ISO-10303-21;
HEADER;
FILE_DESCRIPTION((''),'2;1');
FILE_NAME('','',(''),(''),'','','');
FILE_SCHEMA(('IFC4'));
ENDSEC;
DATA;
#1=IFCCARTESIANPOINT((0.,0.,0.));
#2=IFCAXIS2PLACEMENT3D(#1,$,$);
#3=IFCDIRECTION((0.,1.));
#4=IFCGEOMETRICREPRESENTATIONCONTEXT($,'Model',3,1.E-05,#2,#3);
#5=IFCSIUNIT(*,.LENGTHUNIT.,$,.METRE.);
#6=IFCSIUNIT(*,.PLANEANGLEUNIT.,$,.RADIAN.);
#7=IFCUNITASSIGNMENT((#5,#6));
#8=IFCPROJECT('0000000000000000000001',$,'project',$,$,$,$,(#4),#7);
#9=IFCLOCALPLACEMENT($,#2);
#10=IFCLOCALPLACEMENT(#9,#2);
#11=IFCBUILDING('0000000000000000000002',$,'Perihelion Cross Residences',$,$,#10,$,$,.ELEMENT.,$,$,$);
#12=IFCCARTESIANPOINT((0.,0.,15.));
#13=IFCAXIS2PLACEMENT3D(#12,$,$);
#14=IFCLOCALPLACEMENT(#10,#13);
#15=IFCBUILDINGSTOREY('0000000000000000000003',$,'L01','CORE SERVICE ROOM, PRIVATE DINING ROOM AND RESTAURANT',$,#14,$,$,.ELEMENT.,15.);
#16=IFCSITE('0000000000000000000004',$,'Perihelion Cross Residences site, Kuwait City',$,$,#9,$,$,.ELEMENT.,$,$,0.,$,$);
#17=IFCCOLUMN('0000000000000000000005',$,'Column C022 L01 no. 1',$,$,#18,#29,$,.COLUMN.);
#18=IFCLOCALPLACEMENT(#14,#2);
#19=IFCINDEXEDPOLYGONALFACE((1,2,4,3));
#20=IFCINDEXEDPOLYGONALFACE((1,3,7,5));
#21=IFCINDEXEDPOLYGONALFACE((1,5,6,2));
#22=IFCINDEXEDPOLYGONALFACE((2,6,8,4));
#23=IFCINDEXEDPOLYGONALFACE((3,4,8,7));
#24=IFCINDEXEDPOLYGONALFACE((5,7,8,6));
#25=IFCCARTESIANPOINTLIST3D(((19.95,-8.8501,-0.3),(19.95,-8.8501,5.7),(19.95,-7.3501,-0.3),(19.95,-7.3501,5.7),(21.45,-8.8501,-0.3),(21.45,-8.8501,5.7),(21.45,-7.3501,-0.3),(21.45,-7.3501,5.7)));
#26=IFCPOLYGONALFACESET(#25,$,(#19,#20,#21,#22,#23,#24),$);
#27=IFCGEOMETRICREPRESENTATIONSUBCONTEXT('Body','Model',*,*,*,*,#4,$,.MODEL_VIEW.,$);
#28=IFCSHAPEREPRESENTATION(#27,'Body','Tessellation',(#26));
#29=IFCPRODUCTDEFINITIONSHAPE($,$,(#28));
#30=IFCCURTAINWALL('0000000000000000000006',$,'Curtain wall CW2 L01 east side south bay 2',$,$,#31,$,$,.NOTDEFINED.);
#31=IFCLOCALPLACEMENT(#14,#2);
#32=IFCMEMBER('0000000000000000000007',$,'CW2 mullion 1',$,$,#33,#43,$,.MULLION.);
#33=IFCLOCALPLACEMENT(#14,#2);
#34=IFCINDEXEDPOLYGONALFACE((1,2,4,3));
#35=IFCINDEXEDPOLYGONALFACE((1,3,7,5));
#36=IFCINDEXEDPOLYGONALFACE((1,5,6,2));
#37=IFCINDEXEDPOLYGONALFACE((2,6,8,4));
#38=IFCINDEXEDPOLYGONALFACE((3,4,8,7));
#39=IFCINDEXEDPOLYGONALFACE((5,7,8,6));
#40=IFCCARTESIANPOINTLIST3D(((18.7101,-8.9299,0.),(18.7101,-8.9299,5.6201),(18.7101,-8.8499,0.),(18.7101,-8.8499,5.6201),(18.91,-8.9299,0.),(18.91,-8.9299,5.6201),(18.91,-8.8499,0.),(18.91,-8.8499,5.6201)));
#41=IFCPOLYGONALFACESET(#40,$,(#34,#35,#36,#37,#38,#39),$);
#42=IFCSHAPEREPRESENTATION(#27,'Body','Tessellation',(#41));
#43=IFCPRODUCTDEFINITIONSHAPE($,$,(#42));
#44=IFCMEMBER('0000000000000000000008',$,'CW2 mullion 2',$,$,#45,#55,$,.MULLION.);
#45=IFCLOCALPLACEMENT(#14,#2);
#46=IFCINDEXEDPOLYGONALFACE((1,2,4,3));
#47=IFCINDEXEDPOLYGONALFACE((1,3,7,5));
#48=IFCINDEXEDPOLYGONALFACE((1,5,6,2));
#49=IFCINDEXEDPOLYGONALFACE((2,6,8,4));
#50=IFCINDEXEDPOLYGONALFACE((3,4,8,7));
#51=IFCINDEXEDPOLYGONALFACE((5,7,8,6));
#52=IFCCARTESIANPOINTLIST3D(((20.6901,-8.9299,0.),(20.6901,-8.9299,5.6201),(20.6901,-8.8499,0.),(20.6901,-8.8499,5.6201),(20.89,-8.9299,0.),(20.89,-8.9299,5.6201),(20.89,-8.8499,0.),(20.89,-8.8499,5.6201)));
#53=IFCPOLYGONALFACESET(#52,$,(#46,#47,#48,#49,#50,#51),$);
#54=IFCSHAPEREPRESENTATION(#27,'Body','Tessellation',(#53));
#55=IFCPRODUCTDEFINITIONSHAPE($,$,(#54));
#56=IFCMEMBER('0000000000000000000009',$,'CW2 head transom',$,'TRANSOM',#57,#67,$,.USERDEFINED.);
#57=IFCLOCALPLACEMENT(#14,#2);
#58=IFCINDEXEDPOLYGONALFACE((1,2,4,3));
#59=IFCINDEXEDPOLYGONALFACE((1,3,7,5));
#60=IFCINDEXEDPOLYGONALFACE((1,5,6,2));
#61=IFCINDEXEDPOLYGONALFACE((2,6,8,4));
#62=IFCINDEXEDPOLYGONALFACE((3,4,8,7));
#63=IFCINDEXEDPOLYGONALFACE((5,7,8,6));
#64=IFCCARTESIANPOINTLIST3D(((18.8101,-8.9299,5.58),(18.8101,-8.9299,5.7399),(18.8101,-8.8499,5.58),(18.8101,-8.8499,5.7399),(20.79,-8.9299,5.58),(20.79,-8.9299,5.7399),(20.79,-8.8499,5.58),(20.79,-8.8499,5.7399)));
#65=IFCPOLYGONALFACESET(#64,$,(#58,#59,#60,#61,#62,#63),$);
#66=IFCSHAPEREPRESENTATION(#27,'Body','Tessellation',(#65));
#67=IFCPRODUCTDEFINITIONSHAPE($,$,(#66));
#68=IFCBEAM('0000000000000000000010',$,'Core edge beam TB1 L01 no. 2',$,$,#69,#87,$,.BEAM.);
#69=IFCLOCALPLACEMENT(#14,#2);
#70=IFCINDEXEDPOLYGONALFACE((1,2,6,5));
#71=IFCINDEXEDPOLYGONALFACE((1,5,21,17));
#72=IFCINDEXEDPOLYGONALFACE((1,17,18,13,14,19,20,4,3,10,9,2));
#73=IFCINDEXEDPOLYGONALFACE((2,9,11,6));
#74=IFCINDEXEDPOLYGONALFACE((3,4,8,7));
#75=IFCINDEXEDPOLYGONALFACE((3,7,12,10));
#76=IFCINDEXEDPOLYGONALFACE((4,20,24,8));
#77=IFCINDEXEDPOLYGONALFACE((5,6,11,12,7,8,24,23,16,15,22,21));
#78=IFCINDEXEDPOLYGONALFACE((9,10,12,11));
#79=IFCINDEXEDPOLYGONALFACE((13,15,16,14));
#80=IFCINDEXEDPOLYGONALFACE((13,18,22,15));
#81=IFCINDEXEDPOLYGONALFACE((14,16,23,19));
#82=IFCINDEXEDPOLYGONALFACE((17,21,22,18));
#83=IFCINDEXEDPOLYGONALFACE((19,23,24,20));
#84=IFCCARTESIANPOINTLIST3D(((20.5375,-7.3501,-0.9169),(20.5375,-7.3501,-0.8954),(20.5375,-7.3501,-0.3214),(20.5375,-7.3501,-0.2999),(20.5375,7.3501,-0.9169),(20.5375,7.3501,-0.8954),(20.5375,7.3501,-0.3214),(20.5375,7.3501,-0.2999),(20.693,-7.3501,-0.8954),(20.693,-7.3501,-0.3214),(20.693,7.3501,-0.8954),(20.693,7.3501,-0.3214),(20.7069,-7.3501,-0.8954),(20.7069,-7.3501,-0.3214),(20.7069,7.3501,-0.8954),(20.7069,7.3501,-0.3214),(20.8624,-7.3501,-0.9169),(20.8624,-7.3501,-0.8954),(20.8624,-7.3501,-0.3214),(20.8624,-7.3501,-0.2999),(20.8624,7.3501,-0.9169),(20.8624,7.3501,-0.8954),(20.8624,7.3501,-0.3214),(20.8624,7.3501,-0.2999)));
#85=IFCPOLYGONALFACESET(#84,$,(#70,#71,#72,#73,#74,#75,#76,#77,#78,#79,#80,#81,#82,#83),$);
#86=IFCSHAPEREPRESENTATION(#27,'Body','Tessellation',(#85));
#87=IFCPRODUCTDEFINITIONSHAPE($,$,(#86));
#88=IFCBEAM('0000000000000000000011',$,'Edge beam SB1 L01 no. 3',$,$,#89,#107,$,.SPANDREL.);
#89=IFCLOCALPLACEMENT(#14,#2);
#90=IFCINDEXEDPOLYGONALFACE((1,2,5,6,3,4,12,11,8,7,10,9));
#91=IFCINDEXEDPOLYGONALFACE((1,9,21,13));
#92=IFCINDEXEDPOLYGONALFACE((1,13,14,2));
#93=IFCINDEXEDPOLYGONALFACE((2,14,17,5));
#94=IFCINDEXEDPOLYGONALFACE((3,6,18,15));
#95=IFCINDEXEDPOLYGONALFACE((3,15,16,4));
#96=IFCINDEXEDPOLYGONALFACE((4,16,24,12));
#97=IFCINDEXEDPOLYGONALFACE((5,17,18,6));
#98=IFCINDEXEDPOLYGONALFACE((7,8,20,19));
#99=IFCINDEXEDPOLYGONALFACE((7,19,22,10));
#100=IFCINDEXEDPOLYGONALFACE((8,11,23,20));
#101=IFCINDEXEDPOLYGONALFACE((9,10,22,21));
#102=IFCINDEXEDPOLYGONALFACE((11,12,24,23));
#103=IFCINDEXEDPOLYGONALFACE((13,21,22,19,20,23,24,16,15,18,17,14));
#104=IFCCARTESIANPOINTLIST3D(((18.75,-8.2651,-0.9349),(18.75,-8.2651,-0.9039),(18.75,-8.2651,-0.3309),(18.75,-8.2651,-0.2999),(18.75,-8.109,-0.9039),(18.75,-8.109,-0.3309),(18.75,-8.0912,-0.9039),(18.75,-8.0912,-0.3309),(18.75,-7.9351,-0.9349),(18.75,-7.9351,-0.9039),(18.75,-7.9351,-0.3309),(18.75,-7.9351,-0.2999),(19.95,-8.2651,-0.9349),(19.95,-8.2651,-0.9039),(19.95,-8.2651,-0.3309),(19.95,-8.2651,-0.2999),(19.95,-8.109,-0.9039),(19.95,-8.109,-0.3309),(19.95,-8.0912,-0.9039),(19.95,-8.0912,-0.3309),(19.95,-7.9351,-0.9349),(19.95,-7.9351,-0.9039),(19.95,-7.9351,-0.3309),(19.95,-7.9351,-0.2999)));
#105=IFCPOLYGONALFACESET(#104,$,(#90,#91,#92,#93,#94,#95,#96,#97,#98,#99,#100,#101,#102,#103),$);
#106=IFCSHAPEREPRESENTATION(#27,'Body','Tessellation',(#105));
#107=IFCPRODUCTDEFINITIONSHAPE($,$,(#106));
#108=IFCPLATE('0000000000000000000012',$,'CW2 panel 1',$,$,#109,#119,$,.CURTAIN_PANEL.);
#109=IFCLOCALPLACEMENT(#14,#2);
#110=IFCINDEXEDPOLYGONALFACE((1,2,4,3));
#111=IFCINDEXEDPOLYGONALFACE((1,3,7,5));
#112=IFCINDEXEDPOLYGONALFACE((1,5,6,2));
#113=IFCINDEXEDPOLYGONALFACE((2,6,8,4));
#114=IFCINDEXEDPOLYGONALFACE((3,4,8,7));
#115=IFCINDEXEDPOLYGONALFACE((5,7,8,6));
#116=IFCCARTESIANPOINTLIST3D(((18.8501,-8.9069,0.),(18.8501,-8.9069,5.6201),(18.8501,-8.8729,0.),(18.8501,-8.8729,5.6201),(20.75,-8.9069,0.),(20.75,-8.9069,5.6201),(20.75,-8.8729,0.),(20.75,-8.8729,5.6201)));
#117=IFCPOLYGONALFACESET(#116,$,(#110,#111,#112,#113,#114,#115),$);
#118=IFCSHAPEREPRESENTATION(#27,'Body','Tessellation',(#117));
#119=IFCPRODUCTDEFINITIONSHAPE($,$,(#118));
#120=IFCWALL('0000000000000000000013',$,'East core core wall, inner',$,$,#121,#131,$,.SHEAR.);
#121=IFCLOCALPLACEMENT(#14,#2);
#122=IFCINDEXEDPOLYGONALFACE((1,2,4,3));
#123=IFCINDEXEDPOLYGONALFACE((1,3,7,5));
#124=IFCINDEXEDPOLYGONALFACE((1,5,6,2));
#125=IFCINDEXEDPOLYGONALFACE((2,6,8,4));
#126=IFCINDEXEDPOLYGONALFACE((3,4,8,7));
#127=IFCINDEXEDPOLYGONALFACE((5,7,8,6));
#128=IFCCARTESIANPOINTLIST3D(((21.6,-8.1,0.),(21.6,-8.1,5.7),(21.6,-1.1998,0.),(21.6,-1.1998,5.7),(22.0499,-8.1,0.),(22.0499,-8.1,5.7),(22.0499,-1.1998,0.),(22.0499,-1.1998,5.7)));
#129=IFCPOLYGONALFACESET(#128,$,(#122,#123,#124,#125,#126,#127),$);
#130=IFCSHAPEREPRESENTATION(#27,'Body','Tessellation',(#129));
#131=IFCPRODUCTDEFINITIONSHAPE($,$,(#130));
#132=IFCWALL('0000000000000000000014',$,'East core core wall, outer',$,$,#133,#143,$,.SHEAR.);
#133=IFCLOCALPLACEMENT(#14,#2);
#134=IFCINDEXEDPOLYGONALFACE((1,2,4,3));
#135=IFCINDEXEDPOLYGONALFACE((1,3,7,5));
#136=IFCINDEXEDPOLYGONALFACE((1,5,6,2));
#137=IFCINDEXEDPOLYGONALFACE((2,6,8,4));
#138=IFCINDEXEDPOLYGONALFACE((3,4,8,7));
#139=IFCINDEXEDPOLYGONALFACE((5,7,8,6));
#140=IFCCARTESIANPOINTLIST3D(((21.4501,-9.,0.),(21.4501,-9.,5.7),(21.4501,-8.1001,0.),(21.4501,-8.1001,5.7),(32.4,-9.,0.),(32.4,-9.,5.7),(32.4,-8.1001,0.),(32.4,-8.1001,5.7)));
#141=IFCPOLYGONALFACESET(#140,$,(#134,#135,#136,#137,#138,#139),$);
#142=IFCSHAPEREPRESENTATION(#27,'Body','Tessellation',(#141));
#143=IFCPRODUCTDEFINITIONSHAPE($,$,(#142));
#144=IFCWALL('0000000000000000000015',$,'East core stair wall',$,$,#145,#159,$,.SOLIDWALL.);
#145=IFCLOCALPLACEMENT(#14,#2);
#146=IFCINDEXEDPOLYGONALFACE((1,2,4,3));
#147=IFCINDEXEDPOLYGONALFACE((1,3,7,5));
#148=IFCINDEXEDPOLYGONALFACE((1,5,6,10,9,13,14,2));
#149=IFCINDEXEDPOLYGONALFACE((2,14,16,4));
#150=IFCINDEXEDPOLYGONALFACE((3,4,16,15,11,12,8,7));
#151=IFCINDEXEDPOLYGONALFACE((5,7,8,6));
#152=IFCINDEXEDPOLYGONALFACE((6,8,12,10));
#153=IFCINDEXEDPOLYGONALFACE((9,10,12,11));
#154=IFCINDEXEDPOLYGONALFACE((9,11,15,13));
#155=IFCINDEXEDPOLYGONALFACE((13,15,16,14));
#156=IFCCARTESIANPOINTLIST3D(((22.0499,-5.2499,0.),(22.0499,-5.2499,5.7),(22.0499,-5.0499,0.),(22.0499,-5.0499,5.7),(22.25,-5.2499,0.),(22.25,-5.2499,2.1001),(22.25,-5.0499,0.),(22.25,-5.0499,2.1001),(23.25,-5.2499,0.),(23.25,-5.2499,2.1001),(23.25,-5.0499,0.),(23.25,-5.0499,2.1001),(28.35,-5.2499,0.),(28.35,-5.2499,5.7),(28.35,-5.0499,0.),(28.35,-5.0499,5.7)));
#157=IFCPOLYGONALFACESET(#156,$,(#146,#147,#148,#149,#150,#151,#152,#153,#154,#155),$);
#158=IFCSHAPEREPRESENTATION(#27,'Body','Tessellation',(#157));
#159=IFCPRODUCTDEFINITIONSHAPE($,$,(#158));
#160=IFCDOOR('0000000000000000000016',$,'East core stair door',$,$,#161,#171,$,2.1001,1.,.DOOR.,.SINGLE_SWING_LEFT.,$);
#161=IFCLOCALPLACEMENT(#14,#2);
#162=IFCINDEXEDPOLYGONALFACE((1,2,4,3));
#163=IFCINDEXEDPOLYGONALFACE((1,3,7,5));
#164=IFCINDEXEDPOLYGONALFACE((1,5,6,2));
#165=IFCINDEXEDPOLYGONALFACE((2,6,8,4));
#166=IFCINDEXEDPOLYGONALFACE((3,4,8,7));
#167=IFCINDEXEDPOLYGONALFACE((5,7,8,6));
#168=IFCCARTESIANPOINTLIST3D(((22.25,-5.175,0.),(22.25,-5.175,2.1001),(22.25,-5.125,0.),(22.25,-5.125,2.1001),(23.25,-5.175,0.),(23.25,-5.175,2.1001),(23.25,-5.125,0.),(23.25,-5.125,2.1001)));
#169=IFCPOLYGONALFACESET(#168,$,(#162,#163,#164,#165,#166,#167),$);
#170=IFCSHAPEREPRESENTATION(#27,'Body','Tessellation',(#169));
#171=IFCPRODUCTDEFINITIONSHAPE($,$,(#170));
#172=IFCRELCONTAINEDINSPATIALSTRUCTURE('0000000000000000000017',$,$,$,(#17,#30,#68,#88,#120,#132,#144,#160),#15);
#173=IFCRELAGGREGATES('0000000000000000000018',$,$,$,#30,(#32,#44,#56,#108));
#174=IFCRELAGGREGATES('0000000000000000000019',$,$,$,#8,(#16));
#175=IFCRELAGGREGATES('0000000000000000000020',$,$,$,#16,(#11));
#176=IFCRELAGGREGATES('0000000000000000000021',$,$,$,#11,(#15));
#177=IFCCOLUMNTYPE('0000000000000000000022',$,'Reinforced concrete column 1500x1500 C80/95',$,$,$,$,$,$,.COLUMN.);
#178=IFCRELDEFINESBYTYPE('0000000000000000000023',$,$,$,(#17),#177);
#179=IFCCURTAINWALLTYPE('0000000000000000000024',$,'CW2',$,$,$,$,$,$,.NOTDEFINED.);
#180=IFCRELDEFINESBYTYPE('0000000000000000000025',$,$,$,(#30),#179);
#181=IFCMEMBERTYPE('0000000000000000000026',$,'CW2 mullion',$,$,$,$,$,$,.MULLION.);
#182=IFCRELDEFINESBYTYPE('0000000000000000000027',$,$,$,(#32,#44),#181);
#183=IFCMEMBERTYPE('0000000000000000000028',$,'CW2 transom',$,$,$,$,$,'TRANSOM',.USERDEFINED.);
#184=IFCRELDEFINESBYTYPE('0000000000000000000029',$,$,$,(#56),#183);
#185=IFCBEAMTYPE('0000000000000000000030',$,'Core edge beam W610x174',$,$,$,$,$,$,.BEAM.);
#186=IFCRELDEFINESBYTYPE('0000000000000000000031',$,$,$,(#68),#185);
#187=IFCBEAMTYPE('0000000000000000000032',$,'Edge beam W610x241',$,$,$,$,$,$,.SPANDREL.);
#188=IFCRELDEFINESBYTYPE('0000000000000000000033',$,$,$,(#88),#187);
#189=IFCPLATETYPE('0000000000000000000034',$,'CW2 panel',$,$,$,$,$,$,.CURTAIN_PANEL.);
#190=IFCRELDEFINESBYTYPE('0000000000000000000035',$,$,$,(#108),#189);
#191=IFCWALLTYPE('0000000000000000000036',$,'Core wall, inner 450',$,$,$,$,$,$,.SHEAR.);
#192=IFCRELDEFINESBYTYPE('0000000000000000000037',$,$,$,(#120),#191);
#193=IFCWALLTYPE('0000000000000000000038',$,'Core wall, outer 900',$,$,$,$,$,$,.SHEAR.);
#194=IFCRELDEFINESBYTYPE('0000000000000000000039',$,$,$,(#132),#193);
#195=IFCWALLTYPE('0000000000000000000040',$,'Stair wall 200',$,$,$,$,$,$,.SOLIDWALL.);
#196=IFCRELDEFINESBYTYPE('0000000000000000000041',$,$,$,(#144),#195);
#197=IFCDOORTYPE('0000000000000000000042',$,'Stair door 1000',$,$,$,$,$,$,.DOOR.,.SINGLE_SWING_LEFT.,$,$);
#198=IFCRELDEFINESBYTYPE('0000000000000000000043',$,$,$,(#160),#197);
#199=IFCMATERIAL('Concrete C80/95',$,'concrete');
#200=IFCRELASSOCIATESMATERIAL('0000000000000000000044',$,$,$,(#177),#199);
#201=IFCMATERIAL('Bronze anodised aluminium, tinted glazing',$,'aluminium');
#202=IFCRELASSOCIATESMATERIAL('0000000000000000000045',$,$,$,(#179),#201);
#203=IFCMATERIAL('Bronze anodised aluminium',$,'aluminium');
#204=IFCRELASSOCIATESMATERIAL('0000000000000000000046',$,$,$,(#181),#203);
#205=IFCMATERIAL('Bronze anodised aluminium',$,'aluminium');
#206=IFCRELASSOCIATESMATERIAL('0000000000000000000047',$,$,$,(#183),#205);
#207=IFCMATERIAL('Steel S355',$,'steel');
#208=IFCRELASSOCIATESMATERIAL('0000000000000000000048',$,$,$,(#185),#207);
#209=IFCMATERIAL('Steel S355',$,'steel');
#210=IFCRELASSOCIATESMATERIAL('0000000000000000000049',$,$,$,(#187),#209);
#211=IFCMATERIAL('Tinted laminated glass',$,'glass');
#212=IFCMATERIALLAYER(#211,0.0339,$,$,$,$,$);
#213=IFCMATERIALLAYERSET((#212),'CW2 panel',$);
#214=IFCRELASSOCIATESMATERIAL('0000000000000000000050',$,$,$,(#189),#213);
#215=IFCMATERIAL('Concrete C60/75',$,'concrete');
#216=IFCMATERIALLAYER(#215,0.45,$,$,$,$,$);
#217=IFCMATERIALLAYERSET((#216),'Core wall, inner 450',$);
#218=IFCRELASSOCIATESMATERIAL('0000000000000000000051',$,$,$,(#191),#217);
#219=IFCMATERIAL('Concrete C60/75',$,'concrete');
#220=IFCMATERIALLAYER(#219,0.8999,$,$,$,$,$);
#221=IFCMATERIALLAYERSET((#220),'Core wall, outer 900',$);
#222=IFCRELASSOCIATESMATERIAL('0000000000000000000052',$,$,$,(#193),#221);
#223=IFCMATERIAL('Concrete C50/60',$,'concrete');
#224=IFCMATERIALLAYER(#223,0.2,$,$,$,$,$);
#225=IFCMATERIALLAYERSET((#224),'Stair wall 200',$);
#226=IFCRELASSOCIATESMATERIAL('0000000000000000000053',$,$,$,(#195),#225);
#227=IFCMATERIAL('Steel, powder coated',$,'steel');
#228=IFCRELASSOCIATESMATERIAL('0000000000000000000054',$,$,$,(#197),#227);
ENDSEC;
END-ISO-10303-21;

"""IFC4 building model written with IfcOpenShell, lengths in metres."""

from ifc_helpers import new_model, si_unit, direction, frame, frame_2d, origin, origin_2d, place, context, subcontext, project, spatial, rectangle, i_section, extrude, material, layer, layer_set, material_profile, profile_set, type_object, element, fill, aggregate, save


model = new_model("IFC4")

# Units and contexts
model_context = context("Model", 3, precision=1e-05, world=origin(), true_north=direction((0.0, 1.0)))
body_context = subcontext(model_context, "Body", "Model", "MODEL_VIEW")
ifc_project = project(units=[si_unit("LENGTHUNIT", "METRE"), si_unit("PLANEANGLEUNIT", "RADIAN")], contexts=[model_context])

# Site, building, storey
site_placement = place(None, origin())
site = spatial("IfcSite", under=ifc_project, at=site_placement, Name="Perihelion Cross Residences site, Kuwait City", CompositionType="ELEMENT", RefElevation=0.0)
building_placement = place(site_placement, origin())
building = spatial("IfcBuilding", under=site, at=building_placement, Name="Perihelion Cross Residences", CompositionType="ELEMENT")
storey_placement = place(building_placement, frame((0.0, 0.0, 15.0)))
storey = spatial("IfcBuildingStorey", under=building, at=storey_placement, Name="L01", Description="CORE SERVICE ROOM, PRIVATE DINING ROOM AND RESTAURANT", CompositionType="ELEMENT", Elevation=15.0)

# Column
ifc_material_1 = material(Name="Concrete C80/95", Category="concrete")
ifc_material_profile_1 = material_profile(ifc_material_1, rectangle(XDim=1.5, YDim=1.5, at=origin_2d()), Name="RC 1500x1500")
ifc_profile_set_1 = profile_set([ifc_material_profile_1], Name="Concrete C80/95")
column_type = type_object("IfcColumnType", Name="Reinforced concrete column 1500x1500 C80/95", PredefinedType="COLUMN", material=ifc_profile_set_1)
column_placement = place(storey_placement, frame((20.7, -8.1001, -0.3), z_axis=(0.0, 0.0, 1.0), x_axis=(1.0, 0.0, 0.0)))
element("IfcColumn", 1, at=column_placement, inside=storey, type_object=column_type, Name="Column C022 L01 no. 1", PredefinedType="COLUMN", context=body_context, shape_type="SweptSolid", body=[
    extrude(rectangle(XDim=1.5, YDim=1.5, at=origin_2d()), origin(), (0.0, 0.0, 1.0), 6.0),
])

# Curtain wall, members
ifc_material_2 = material(Name="Bronze anodised aluminium, tinted glazing", Category="aluminium")
curtain_wall_type = type_object("IfcCurtainWallType", Name="CW2", PredefinedType="NOTDEFINED", material=ifc_material_2)
curtain_wall_placement = place(storey_placement, origin())
curtain_wall = element("IfcCurtainWall", 2, at=curtain_wall_placement, inside=storey, type_object=curtain_wall_type, Name="Curtain wall CW2 L01 east side south bay 2", PredefinedType="NOTDEFINED")
ifc_material_3 = material(Name="Bronze anodised aluminium", Category="aluminium")
ifc_material_profile_2 = material_profile(ifc_material_3, rectangle(XDim=0.0801, YDim=0.2, at=origin_2d()), Name="CW2 mullion")
ifc_profile_set_2 = profile_set([ifc_material_profile_2], Name="Bronze anodised aluminium")
member_type_1 = type_object("IfcMemberType", Name="CW2 mullion", PredefinedType="MULLION", material=ifc_profile_set_2)
member_1_placement = place(storey_placement, frame((18.8101, -8.8899, 0.0), z_axis=(0.0, 0.0, 1.0), x_axis=(0.0, 1.0, 0.0)))
member_1 = element("IfcMember", 3, at=member_1_placement, type_object=member_type_1, Name="CW2 mullion 1", PredefinedType="MULLION", context=body_context, shape_type="SweptSolid", body=[
    extrude(rectangle(XDim=0.0801, YDim=0.2, at=origin_2d()), origin(), (0.0, 0.0, 1.0), 5.6201),
])
member_2_placement = place(storey_placement, frame((20.79, -8.8899, 0.0), z_axis=(0.0, 0.0, 1.0), x_axis=(0.0, 1.0, 0.0)))
member_2 = element("IfcMember", 4, at=member_2_placement, type_object=member_type_1, Name="CW2 mullion 2", PredefinedType="MULLION", context=body_context, shape_type="SweptSolid", body=[
    extrude(rectangle(XDim=0.0801, YDim=0.2, at=origin_2d()), origin(), (0.0, 0.0, 1.0), 5.6201),
])
ifc_material_4 = material(Name="Bronze anodised aluminium", Category="aluminium")
ifc_material_profile_3 = material_profile(ifc_material_4, rectangle(XDim=0.0801, YDim=0.1599, at=origin_2d()), Name="CW2 transom")
ifc_profile_set_3 = profile_set([ifc_material_profile_3], Name="Bronze anodised aluminium")
member_type_2 = type_object("IfcMemberType", Name="CW2 transom", ElementType="TRANSOM", PredefinedType="USERDEFINED", material=ifc_profile_set_3)
member_3_placement = place(storey_placement, frame((18.8101, -8.8899, 5.6599), z_axis=(1.0, 0.0, 0.0), x_axis=(0.0, 1.0, 0.0)))
member_3 = element("IfcMember", 5, at=member_3_placement, type_object=member_type_2, Name="CW2 head transom", ObjectType="TRANSOM", PredefinedType="USERDEFINED", context=body_context, shape_type="SweptSolid", body=[
    extrude(rectangle(XDim=0.0801, YDim=0.1599, at=origin_2d()), origin(), (0.0, 0.0, 1.0), 1.98),
])

# Beams
ifc_material_5 = material(Name="Steel S355", Category="steel")
ifc_material_profile_4 = material_profile(ifc_material_5, i_section(OverallWidth=0.325, OverallDepth=0.6169, WebThickness=0.0139, FlangeThickness=0.0215, at=origin_2d()), Name="W610x174")
ifc_profile_set_4 = profile_set([ifc_material_profile_4], Name="Steel S355")
beam_type_1 = type_object("IfcBeamType", Name="Core edge beam W610x174", PredefinedType="BEAM", material=ifc_profile_set_4)
beam_1_placement = place(storey_placement, frame((20.7, -7.3501, -0.6084), z_axis=(0.0, 1.0, 0.0), x_axis=(-1.0, 0.0, 0.0)))
element("IfcBeam", 6, at=beam_1_placement, inside=storey, type_object=beam_type_1, Name="Core edge beam TB1 L01 no. 2", PredefinedType="BEAM", context=body_context, shape_type="SweptSolid", body=[
    extrude(i_section(OverallWidth=0.325, OverallDepth=0.6169, WebThickness=0.0139, FlangeThickness=0.0215, at=origin_2d()), origin(), (0.0, 0.0, 1.0), 14.7002),
])
ifc_material_6 = material(Name="Steel S355", Category="steel")
ifc_material_profile_5 = material_profile(ifc_material_6, i_section(OverallWidth=0.3301, OverallDepth=0.635, WebThickness=0.0178, FlangeThickness=0.031, at=origin_2d()), Name="W610x241")
ifc_profile_set_5 = profile_set([ifc_material_profile_5], Name="Steel S355")
beam_type_2 = type_object("IfcBeamType", Name="Edge beam W610x241", PredefinedType="SPANDREL", material=ifc_profile_set_5)
beam_2_placement = place(storey_placement, frame((18.75, -8.1001, -0.6174), z_axis=(1.0, 0.0, 0.0), x_axis=(0.0, 1.0, 0.0)))
element("IfcBeam", 7, at=beam_2_placement, inside=storey, type_object=beam_type_2, Name="Edge beam SB1 L01 no. 3", PredefinedType="SPANDREL", context=body_context, shape_type="SweptSolid", body=[
    extrude(i_section(OverallWidth=0.3301, OverallDepth=0.635, WebThickness=0.0178, FlangeThickness=0.031, at=origin_2d()), origin(), (0.0, 0.0, 1.0), 1.2),
])

# Plate
ifc_material_7 = material(Name="Tinted laminated glass", Category="glass")
ifc_layer_1 = layer(ifc_material_7, 0.0339)
ifc_layer_set_1 = layer_set([ifc_layer_1], Name="CW2 panel")
plate_type = type_object("IfcPlateType", Name="CW2 panel", PredefinedType="CURTAIN_PANEL", material=ifc_layer_set_1)
plate_placement = place(storey_placement, frame((19.8, -8.8899, 0.0), z_axis=(0.0, 0.0, 1.0), x_axis=(1.0, 0.0, 0.0)))
plate = element("IfcPlate", 8, at=plate_placement, type_object=plate_type, Name="CW2 panel 1", PredefinedType="CURTAIN_PANEL", context=body_context, shape_type="SweptSolid", body=[
    extrude(rectangle(XDim=1.8999, YDim=0.0339, at=origin_2d()), origin(), (0.0, 0.0, 1.0), 5.6201),
])
aggregate(curtain_wall, [member_1, member_2, member_3, plate])

# Walls
ifc_material_8 = material(Name="Concrete C60/75", Category="concrete")
ifc_layer_2 = layer(ifc_material_8, 0.45)
ifc_layer_set_2 = layer_set([ifc_layer_2], Name="Core wall, inner 450")
wall_type_1 = type_object("IfcWallType", Name="Core wall, inner 450", PredefinedType="SHEAR", material=ifc_layer_set_2)
wall_1_placement = place(storey_placement, frame((21.825, -8.1001, 0.0), z_axis=(0.0, 0.0, 1.0), x_axis=(0.0, 1.0, 0.0)))
element("IfcWall", 9, at=wall_1_placement, inside=storey, type_object=wall_type_1, Name="East core core wall, inner", PredefinedType="SHEAR", context=body_context, shape_type="SweptSolid", body=[
    extrude(rectangle(XDim=6.9001, YDim=0.45, at=frame_2d((3.4502, 0.0))), origin(), (0.0, 0.0, 1.0), 5.7),
])
ifc_material_9 = material(Name="Concrete C60/75", Category="concrete")
ifc_layer_3 = layer(ifc_material_9, 0.8999)
ifc_layer_set_3 = layer_set([ifc_layer_3], Name="Core wall, outer 900")
wall_type_2 = type_object("IfcWallType", Name="Core wall, outer 900", PredefinedType="SHEAR", material=ifc_layer_set_3)
wall_2_placement = place(storey_placement, frame((21.45, -8.55, 0.0), z_axis=(0.0, 0.0, 1.0), x_axis=(1.0, 0.0, 0.0)))
element("IfcWall", 10, at=wall_2_placement, inside=storey, type_object=wall_type_2, Name="East core core wall, outer", PredefinedType="SHEAR", context=body_context, shape_type="SweptSolid", body=[
    extrude(rectangle(XDim=10.95, YDim=0.8999, at=frame_2d((5.4751, 0.0))), origin(), (0.0, 0.0, 1.0), 5.7),
])

# Wall, opening, door
ifc_material_10 = material(Name="Concrete C50/60", Category="concrete")
ifc_layer_4 = layer(ifc_material_10, 0.2)
ifc_layer_set_4 = layer_set([ifc_layer_4], Name="Stair wall 200")
wall_type_3 = type_object("IfcWallType", Name="Stair wall 200", PredefinedType="SOLIDWALL", material=ifc_layer_set_4)
wall_3_placement = place(storey_placement, frame((22.05, -5.1499, 0.0), z_axis=(0.0, 0.0, 1.0), x_axis=(1.0, 0.0, 0.0)))
wall_3 = element("IfcWall", 11, at=wall_3_placement, inside=storey, type_object=wall_type_3, Name="East core stair wall", PredefinedType="SOLIDWALL", context=body_context, shape_type="SweptSolid", body=[
    extrude(rectangle(XDim=6.3, YDim=0.2, at=frame_2d((3.1499, 0.0))), origin(), (0.0, 0.0, 1.0), 5.7),
])
opening_1_placement = place(wall_3_placement, frame((0.2, 0.0, 0.0)))
opening_1 = element("IfcOpeningElement", 12, at=opening_1_placement, cuts=wall_3, PredefinedType="OPENING", context=body_context, shape_type="SweptSolid", body=[
    extrude(rectangle(XDim=1.0, YDim=2.1001, at=frame_2d((0.5, 1.05))), frame((0.0, 0.1099, 0.0), z_axis=(0.0, -1.0, 0.0), x_axis=(1.0, 0.0, 0.0)), (0.0, 0.0, 1.0), 0.22),
])
ifc_material_11 = material(Name="Steel, powder coated", Category="steel")
door_type_1 = type_object("IfcDoorType", Name="Stair door 1000", OperationType="SINGLE_SWING_LEFT", PredefinedType="DOOR", material=ifc_material_11)
door_1_placement = place(opening_1_placement, origin())
door_1 = element("IfcDoor", 13, at=door_1_placement, inside=storey, type_object=door_type_1, Name="East core stair door", OperationType="SINGLE_SWING_LEFT", OverallHeight=2.1001, OverallWidth=1.0, PredefinedType="DOOR", context=body_context, shape_type="SweptSolid", body=[
    extrude(rectangle(XDim=1.0, YDim=2.1001, at=frame_2d((0.5, 1.05))), frame((0.0, 0.0249, 0.0), z_axis=(0.0, -1.0, 0.0), x_axis=(1.0, 0.0, 0.0)), (0.0, 0.0, 1.0), 0.05),
])
fill(opening_1, door_1)

save(model, "model.ifc")
